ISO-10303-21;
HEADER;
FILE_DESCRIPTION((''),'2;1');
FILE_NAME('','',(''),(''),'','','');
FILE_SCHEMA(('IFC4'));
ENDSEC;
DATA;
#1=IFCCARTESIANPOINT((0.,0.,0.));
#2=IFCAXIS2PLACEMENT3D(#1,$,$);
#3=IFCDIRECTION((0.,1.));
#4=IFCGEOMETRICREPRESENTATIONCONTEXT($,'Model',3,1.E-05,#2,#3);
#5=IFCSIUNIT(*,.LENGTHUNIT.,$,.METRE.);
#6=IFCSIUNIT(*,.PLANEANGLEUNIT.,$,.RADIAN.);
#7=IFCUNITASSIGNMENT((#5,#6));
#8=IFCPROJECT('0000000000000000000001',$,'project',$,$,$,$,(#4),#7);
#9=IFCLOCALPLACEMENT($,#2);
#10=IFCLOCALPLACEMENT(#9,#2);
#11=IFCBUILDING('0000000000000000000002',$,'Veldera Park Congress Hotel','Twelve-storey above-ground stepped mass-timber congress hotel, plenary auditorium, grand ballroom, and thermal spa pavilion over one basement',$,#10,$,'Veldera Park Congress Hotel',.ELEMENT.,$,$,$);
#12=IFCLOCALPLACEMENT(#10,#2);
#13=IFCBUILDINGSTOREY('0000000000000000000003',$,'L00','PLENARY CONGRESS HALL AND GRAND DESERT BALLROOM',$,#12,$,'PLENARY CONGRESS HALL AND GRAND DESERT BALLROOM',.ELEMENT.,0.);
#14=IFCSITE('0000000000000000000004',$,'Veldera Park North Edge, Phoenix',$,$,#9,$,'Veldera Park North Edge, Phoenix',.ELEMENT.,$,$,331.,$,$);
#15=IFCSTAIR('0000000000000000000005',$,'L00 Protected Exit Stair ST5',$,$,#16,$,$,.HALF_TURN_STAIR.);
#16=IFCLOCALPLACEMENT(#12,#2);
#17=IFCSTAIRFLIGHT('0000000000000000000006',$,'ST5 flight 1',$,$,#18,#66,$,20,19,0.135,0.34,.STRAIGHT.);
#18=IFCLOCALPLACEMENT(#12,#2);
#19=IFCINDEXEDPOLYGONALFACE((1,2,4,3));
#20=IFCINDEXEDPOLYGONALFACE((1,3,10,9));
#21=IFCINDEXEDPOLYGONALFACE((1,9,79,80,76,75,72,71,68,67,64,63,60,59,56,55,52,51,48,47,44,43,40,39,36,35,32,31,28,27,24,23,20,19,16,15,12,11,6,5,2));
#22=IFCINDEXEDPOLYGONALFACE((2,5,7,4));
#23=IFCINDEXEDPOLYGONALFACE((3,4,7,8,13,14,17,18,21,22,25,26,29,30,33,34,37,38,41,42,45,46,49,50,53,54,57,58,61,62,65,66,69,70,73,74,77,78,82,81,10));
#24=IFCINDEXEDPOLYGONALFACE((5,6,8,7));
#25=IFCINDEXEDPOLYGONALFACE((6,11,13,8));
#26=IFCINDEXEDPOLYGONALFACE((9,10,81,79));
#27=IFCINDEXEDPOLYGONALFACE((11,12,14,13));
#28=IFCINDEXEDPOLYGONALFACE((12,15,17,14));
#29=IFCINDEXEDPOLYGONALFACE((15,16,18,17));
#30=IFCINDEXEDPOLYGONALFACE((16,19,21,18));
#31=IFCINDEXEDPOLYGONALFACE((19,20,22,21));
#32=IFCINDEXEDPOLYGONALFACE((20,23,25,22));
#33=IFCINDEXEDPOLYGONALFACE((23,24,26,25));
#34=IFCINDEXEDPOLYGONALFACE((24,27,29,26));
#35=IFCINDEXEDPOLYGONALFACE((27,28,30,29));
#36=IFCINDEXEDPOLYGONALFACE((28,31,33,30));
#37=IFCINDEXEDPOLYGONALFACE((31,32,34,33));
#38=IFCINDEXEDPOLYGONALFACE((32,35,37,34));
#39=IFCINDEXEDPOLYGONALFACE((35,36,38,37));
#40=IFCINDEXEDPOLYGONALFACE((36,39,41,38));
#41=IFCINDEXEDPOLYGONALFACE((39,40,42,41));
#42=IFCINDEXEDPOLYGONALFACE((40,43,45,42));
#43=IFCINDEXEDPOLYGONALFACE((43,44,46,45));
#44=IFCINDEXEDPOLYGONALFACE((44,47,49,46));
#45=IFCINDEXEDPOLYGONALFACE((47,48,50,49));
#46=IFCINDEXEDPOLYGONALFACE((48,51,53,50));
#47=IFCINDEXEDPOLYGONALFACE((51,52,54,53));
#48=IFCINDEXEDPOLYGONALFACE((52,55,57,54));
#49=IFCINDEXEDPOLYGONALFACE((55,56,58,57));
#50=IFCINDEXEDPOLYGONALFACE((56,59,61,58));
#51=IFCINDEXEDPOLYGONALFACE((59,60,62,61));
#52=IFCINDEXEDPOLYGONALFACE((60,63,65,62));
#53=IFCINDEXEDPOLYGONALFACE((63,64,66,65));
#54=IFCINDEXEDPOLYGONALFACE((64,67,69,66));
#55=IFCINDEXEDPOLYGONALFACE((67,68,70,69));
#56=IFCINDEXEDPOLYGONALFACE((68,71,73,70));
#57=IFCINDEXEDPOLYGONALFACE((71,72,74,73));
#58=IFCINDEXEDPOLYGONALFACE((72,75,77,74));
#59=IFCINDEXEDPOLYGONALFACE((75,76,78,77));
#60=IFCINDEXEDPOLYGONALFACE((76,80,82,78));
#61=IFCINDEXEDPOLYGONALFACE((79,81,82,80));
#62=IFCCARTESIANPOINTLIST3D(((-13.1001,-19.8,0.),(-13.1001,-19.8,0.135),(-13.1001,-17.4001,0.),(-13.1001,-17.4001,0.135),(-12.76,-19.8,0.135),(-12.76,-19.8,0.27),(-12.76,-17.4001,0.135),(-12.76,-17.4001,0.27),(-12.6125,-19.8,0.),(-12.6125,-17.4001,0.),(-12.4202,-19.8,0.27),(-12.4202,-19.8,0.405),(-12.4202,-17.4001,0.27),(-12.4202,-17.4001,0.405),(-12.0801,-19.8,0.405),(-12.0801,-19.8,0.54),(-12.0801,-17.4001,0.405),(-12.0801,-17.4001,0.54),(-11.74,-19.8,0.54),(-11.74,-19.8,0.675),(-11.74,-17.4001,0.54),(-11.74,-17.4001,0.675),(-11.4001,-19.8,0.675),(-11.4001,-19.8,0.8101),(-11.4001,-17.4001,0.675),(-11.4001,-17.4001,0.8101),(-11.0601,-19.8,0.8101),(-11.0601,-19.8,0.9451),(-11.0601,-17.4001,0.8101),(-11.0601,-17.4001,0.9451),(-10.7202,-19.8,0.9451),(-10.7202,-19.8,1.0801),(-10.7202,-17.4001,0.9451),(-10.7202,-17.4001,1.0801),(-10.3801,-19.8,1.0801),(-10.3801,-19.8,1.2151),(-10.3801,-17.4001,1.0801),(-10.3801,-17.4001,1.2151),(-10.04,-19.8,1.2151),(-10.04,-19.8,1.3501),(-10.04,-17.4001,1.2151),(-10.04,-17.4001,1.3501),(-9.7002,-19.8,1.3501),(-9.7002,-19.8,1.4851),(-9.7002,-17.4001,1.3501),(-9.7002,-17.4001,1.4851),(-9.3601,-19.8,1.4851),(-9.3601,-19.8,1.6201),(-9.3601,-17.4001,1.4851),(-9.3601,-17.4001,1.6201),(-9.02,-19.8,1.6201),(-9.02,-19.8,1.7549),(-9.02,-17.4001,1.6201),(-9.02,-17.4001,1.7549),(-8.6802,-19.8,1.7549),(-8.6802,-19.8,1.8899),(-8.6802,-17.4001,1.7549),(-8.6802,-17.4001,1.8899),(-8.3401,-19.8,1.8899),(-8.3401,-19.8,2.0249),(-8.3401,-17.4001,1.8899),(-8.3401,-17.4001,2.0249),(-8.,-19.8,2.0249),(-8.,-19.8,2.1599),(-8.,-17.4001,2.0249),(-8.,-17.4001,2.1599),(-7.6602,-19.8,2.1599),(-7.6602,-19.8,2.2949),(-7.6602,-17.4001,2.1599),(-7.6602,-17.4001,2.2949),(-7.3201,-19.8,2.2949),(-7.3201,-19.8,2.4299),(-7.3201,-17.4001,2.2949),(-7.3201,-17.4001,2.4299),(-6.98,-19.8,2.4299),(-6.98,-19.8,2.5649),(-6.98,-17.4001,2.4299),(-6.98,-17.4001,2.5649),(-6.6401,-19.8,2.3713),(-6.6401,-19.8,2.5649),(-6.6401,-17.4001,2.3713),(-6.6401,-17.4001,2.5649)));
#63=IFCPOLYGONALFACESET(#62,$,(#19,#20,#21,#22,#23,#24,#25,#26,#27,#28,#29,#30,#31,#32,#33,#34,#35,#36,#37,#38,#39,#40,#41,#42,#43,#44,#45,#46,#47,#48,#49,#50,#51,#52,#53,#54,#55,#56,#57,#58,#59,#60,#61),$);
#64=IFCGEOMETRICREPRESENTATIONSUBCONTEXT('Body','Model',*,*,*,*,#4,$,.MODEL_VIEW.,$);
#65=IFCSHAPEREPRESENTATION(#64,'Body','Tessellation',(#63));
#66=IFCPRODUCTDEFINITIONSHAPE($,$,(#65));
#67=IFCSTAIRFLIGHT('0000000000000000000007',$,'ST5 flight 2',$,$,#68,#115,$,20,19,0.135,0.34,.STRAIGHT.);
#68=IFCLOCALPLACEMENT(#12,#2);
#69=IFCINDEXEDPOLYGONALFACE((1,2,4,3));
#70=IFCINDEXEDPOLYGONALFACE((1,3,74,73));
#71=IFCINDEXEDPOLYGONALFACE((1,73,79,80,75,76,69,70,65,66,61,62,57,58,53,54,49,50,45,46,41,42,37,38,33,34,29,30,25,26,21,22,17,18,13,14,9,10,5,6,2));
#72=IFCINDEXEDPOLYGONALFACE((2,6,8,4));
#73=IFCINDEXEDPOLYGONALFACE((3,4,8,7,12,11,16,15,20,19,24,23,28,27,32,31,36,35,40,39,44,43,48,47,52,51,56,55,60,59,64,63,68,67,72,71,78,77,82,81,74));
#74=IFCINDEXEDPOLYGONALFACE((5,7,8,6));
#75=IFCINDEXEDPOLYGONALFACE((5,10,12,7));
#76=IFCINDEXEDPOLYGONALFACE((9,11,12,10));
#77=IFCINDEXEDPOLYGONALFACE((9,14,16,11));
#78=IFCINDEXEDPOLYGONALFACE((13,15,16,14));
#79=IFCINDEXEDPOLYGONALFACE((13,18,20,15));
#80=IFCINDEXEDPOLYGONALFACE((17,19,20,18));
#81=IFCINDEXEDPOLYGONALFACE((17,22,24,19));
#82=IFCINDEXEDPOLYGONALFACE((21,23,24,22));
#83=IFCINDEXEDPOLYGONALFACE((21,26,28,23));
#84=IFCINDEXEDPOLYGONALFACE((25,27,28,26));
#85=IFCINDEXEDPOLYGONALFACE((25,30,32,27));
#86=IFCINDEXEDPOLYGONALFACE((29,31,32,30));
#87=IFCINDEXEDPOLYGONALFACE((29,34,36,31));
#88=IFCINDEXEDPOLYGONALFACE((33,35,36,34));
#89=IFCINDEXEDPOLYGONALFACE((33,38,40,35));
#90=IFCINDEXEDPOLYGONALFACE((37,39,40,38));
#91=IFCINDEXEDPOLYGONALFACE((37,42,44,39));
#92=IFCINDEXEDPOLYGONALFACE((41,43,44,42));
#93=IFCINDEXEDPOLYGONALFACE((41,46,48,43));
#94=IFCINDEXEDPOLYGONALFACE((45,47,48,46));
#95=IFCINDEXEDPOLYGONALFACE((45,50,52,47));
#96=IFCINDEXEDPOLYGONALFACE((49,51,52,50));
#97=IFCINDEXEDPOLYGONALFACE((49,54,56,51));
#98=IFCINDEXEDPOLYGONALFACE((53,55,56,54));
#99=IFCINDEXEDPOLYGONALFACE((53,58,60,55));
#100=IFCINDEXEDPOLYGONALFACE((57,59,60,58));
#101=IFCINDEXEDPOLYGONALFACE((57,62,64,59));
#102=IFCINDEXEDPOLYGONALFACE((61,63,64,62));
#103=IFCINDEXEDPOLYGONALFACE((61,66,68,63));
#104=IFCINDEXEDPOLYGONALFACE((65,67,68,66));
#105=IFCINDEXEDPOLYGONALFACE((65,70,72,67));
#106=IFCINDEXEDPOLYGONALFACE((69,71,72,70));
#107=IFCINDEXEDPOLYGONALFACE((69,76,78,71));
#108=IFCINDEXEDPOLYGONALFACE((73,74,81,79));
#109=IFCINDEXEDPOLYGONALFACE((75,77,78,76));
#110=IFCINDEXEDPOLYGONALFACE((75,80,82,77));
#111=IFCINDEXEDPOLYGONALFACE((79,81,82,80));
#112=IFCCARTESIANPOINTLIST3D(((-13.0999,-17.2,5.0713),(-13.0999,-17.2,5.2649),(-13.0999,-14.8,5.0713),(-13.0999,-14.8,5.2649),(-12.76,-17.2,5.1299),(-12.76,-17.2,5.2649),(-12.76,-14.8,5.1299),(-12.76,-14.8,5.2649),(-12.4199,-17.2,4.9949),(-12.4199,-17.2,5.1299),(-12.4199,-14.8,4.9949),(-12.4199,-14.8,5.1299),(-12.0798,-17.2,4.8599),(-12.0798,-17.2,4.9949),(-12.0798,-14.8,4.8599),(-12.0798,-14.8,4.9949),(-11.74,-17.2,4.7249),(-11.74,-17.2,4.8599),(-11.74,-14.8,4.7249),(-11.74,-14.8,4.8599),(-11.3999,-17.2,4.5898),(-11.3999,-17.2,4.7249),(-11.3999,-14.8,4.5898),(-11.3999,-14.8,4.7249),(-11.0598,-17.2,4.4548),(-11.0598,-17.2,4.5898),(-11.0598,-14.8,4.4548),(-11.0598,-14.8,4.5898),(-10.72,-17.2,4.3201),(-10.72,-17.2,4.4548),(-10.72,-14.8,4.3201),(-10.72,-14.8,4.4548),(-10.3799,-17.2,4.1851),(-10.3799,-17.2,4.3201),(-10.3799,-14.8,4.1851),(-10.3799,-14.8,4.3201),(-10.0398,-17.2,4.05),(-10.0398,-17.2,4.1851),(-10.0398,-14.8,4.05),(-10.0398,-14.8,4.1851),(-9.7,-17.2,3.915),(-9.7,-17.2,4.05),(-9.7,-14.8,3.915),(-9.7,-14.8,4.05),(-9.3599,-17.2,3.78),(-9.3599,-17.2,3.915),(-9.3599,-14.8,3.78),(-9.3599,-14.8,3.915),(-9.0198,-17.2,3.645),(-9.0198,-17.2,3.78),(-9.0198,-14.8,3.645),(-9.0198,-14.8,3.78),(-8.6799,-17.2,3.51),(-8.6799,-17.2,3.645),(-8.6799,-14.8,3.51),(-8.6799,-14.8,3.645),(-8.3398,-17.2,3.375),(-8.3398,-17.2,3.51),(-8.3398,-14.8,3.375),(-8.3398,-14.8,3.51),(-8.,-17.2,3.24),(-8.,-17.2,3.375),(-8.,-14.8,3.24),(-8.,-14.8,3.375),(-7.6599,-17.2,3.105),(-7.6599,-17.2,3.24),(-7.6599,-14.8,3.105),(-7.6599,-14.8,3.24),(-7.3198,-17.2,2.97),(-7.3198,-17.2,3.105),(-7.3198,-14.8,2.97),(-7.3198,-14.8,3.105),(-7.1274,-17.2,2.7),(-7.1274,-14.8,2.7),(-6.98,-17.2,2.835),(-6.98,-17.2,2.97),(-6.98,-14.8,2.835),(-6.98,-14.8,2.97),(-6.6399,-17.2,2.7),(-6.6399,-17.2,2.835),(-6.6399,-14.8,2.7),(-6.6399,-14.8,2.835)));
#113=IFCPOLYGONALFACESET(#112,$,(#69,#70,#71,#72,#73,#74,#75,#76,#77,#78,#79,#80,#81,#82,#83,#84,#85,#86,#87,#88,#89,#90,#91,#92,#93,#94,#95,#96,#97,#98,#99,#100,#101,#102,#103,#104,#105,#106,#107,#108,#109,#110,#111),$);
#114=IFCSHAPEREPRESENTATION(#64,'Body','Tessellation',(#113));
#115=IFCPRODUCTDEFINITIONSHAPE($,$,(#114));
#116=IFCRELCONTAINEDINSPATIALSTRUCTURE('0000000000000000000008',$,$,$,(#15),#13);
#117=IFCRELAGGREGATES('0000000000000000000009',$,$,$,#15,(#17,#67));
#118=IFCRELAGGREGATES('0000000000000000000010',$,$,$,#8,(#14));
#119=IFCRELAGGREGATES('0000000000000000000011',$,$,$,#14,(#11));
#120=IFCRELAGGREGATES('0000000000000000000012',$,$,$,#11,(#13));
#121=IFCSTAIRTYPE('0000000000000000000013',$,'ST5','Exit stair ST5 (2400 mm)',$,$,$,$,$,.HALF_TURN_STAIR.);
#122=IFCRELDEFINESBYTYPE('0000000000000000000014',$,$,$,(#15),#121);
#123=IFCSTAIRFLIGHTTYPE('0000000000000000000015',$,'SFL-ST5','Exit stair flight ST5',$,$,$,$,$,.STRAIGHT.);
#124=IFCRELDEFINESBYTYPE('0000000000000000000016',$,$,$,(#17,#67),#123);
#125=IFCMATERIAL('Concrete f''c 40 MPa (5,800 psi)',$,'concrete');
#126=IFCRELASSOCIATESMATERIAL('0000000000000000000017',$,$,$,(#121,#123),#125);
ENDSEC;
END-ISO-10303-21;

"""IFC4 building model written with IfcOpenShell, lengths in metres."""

from ifc_helpers import new_model, si_unit, direction, frame, origin, place, context, subcontext, project, spatial, polyline, outline, extrude, material, type_object, element, aggregate, save


model = new_model("IFC4")

# Units and contexts
model_context = context("Model", 3, precision=1e-05, world=origin(), true_north=direction((0.0, 1.0)))
body_context = subcontext(model_context, "Body", "Model", "MODEL_VIEW")
ifc_project = project(units=[si_unit("LENGTHUNIT", "METRE"), si_unit("PLANEANGLEUNIT", "RADIAN")], contexts=[model_context])

# Site, building, storey
site_placement = place(None, origin())
site = spatial("IfcSite", under=ifc_project, at=site_placement, Name="Veldera Park North Edge, Phoenix", LongName="Veldera Park North Edge, Phoenix", CompositionType="ELEMENT", RefElevation=331.0)
building_placement = place(site_placement, origin())
building = spatial("IfcBuilding", under=site, at=building_placement, Name="Veldera Park Congress Hotel", Description="Twelve-storey above-ground stepped mass-timber congress hotel, plenary auditorium, grand ballroom, and thermal spa pavilion over one basement", LongName="Veldera Park Congress Hotel", CompositionType="ELEMENT")
storey_placement = place(building_placement, origin())
storey = spatial("IfcBuildingStorey", under=building, at=storey_placement, Name="L00", Description="PLENARY CONGRESS HALL AND GRAND DESERT BALLROOM", LongName="PLENARY CONGRESS HALL AND GRAND DESERT BALLROOM", CompositionType="ELEMENT", Elevation=0.0)

# Shared definitions
ifc_material_1 = material(Name="Concrete f'c 40 MPa (5,800 psi)", Category="concrete")

# Stair, stair flights
stair_type = type_object("IfcStairType", Name="ST5", Description="Exit stair ST5 (2400 mm)", PredefinedType="HALF_TURN_STAIR", material=ifc_material_1)
stair_placement = place(storey_placement, origin())
stair = element("IfcStair", 1, at=stair_placement, inside=storey, type_object=stair_type, Name="L00 Protected Exit Stair ST5", PredefinedType="HALF_TURN_STAIR")
stair_flight_type = type_object("IfcStairFlightType", Name="SFL-ST5", Description="Exit stair flight ST5", PredefinedType="STRAIGHT", material=ifc_material_1)
stair_flight_1_placement = place(storey_placement, frame((-13.1001, -18.6001, 0.0), z_axis=(0.0, 0.0, 1.0), x_axis=(1.0, 0.0, 0.0)))
stair_flight_1 = element("IfcStairFlight", 2, at=stair_flight_1_placement, type_object=stair_flight_type, Name="ST5 flight 1", NumberOfRisers=20, NumberOfTreads=19, PredefinedType="STRAIGHT", RiserHeight=0.135, TreadLength=0.34, context=body_context, shape_type="SweptSolid", body=[
    extrude(outline(polyline([(0.0, 0.0), (0.0, 0.135), (0.3401, 0.135), (0.3401, 0.27), (0.6799, 0.27), (0.6799, 0.405), (1.02, 0.405), (1.02, 0.54), (1.3601, 0.54), (1.3601, 0.675), (1.7, 0.675), (1.7, 0.8101), (2.04, 0.8101), (2.04, 0.9451), (2.3799, 0.9451), (2.3799, 1.0801), (2.72, 1.0801), (2.72, 1.2151), (3.0601, 1.2151), (3.0601, 1.3501), (3.3999, 1.3501), (3.3999, 1.4851), (3.74, 1.4851), (3.74, 1.6201), (4.0801, 1.6201), (4.0801, 1.7549), (4.4199, 1.7549), (4.4199, 1.8899), (4.76, 1.8899), (4.76, 2.0249), (5.1001, 2.0249), (5.1001, 2.1599), (5.4399, 2.1599), (5.4399, 2.2949), (5.78, 2.2949), (5.78, 2.4299), (6.1201, 2.4299), (6.1201, 2.5649), (6.46, 2.5649), (6.46, 2.7), (6.46, 2.7), (6.46, 2.3713), (0.4875, 0.0), (0.0, 0.0)])), frame((0.0, 1.2, 0.0), z_axis=(0.0, -1.0, 0.0), x_axis=(1.0, 0.0, 0.0)), (0.0, 0.0, 1.0), 2.3999),
])
stair_flight_2_placement = place(storey_placement, frame((-6.6399, -16.0, 2.7), z_axis=(0.0, 0.0, 1.0), x_axis=(-1.0, 0.0, 0.0)))
stair_flight_2 = element("IfcStairFlight", 3, at=stair_flight_2_placement, type_object=stair_flight_type, Name="ST5 flight 2", NumberOfRisers=20, NumberOfTreads=19, PredefinedType="STRAIGHT", RiserHeight=0.135, TreadLength=0.34, context=body_context, shape_type="SweptSolid", body=[
    extrude(outline(polyline([(0.0, 0.0), (0.0, 0.135), (0.3401, 0.135), (0.3401, 0.27), (0.6799, 0.27), (0.6799, 0.405), (1.02, 0.405), (1.02, 0.54), (1.3601, 0.54), (1.3601, 0.675), (1.7, 0.675), (1.7, 0.8101), (2.04, 0.8101), (2.04, 0.9451), (2.3799, 0.9451), (2.3799, 1.0801), (2.72, 1.0801), (2.72, 1.2151), (3.0601, 1.2151), (3.0601, 1.3501), (3.3999, 1.3501), (3.3999, 1.4851), (3.74, 1.4851), (3.74, 1.6201), (4.0801, 1.6201), (4.0801, 1.7549), (4.4199, 1.7549), (4.4199, 1.8899), (4.76, 1.8899), (4.76, 2.0249), (5.1001, 2.0249), (5.1001, 2.1599), (5.4399, 2.1599), (5.4399, 2.2949), (5.78, 2.2949), (5.78, 2.4299), (6.1201, 2.4299), (6.1201, 2.5649), (6.46, 2.5649), (6.46, 2.7), (6.46, 2.7), (6.46, 2.3713), (0.4875, 0.0), (0.0, 0.0)])), frame((0.0, 1.2, 0.0), z_axis=(0.0, -1.0, 0.0), x_axis=(1.0, 0.0, 0.0)), (0.0, 0.0, 1.0), 2.3999),
])
aggregate(stair, [stair_flight_1, stair_flight_2])

save(model, "model.ifc")
